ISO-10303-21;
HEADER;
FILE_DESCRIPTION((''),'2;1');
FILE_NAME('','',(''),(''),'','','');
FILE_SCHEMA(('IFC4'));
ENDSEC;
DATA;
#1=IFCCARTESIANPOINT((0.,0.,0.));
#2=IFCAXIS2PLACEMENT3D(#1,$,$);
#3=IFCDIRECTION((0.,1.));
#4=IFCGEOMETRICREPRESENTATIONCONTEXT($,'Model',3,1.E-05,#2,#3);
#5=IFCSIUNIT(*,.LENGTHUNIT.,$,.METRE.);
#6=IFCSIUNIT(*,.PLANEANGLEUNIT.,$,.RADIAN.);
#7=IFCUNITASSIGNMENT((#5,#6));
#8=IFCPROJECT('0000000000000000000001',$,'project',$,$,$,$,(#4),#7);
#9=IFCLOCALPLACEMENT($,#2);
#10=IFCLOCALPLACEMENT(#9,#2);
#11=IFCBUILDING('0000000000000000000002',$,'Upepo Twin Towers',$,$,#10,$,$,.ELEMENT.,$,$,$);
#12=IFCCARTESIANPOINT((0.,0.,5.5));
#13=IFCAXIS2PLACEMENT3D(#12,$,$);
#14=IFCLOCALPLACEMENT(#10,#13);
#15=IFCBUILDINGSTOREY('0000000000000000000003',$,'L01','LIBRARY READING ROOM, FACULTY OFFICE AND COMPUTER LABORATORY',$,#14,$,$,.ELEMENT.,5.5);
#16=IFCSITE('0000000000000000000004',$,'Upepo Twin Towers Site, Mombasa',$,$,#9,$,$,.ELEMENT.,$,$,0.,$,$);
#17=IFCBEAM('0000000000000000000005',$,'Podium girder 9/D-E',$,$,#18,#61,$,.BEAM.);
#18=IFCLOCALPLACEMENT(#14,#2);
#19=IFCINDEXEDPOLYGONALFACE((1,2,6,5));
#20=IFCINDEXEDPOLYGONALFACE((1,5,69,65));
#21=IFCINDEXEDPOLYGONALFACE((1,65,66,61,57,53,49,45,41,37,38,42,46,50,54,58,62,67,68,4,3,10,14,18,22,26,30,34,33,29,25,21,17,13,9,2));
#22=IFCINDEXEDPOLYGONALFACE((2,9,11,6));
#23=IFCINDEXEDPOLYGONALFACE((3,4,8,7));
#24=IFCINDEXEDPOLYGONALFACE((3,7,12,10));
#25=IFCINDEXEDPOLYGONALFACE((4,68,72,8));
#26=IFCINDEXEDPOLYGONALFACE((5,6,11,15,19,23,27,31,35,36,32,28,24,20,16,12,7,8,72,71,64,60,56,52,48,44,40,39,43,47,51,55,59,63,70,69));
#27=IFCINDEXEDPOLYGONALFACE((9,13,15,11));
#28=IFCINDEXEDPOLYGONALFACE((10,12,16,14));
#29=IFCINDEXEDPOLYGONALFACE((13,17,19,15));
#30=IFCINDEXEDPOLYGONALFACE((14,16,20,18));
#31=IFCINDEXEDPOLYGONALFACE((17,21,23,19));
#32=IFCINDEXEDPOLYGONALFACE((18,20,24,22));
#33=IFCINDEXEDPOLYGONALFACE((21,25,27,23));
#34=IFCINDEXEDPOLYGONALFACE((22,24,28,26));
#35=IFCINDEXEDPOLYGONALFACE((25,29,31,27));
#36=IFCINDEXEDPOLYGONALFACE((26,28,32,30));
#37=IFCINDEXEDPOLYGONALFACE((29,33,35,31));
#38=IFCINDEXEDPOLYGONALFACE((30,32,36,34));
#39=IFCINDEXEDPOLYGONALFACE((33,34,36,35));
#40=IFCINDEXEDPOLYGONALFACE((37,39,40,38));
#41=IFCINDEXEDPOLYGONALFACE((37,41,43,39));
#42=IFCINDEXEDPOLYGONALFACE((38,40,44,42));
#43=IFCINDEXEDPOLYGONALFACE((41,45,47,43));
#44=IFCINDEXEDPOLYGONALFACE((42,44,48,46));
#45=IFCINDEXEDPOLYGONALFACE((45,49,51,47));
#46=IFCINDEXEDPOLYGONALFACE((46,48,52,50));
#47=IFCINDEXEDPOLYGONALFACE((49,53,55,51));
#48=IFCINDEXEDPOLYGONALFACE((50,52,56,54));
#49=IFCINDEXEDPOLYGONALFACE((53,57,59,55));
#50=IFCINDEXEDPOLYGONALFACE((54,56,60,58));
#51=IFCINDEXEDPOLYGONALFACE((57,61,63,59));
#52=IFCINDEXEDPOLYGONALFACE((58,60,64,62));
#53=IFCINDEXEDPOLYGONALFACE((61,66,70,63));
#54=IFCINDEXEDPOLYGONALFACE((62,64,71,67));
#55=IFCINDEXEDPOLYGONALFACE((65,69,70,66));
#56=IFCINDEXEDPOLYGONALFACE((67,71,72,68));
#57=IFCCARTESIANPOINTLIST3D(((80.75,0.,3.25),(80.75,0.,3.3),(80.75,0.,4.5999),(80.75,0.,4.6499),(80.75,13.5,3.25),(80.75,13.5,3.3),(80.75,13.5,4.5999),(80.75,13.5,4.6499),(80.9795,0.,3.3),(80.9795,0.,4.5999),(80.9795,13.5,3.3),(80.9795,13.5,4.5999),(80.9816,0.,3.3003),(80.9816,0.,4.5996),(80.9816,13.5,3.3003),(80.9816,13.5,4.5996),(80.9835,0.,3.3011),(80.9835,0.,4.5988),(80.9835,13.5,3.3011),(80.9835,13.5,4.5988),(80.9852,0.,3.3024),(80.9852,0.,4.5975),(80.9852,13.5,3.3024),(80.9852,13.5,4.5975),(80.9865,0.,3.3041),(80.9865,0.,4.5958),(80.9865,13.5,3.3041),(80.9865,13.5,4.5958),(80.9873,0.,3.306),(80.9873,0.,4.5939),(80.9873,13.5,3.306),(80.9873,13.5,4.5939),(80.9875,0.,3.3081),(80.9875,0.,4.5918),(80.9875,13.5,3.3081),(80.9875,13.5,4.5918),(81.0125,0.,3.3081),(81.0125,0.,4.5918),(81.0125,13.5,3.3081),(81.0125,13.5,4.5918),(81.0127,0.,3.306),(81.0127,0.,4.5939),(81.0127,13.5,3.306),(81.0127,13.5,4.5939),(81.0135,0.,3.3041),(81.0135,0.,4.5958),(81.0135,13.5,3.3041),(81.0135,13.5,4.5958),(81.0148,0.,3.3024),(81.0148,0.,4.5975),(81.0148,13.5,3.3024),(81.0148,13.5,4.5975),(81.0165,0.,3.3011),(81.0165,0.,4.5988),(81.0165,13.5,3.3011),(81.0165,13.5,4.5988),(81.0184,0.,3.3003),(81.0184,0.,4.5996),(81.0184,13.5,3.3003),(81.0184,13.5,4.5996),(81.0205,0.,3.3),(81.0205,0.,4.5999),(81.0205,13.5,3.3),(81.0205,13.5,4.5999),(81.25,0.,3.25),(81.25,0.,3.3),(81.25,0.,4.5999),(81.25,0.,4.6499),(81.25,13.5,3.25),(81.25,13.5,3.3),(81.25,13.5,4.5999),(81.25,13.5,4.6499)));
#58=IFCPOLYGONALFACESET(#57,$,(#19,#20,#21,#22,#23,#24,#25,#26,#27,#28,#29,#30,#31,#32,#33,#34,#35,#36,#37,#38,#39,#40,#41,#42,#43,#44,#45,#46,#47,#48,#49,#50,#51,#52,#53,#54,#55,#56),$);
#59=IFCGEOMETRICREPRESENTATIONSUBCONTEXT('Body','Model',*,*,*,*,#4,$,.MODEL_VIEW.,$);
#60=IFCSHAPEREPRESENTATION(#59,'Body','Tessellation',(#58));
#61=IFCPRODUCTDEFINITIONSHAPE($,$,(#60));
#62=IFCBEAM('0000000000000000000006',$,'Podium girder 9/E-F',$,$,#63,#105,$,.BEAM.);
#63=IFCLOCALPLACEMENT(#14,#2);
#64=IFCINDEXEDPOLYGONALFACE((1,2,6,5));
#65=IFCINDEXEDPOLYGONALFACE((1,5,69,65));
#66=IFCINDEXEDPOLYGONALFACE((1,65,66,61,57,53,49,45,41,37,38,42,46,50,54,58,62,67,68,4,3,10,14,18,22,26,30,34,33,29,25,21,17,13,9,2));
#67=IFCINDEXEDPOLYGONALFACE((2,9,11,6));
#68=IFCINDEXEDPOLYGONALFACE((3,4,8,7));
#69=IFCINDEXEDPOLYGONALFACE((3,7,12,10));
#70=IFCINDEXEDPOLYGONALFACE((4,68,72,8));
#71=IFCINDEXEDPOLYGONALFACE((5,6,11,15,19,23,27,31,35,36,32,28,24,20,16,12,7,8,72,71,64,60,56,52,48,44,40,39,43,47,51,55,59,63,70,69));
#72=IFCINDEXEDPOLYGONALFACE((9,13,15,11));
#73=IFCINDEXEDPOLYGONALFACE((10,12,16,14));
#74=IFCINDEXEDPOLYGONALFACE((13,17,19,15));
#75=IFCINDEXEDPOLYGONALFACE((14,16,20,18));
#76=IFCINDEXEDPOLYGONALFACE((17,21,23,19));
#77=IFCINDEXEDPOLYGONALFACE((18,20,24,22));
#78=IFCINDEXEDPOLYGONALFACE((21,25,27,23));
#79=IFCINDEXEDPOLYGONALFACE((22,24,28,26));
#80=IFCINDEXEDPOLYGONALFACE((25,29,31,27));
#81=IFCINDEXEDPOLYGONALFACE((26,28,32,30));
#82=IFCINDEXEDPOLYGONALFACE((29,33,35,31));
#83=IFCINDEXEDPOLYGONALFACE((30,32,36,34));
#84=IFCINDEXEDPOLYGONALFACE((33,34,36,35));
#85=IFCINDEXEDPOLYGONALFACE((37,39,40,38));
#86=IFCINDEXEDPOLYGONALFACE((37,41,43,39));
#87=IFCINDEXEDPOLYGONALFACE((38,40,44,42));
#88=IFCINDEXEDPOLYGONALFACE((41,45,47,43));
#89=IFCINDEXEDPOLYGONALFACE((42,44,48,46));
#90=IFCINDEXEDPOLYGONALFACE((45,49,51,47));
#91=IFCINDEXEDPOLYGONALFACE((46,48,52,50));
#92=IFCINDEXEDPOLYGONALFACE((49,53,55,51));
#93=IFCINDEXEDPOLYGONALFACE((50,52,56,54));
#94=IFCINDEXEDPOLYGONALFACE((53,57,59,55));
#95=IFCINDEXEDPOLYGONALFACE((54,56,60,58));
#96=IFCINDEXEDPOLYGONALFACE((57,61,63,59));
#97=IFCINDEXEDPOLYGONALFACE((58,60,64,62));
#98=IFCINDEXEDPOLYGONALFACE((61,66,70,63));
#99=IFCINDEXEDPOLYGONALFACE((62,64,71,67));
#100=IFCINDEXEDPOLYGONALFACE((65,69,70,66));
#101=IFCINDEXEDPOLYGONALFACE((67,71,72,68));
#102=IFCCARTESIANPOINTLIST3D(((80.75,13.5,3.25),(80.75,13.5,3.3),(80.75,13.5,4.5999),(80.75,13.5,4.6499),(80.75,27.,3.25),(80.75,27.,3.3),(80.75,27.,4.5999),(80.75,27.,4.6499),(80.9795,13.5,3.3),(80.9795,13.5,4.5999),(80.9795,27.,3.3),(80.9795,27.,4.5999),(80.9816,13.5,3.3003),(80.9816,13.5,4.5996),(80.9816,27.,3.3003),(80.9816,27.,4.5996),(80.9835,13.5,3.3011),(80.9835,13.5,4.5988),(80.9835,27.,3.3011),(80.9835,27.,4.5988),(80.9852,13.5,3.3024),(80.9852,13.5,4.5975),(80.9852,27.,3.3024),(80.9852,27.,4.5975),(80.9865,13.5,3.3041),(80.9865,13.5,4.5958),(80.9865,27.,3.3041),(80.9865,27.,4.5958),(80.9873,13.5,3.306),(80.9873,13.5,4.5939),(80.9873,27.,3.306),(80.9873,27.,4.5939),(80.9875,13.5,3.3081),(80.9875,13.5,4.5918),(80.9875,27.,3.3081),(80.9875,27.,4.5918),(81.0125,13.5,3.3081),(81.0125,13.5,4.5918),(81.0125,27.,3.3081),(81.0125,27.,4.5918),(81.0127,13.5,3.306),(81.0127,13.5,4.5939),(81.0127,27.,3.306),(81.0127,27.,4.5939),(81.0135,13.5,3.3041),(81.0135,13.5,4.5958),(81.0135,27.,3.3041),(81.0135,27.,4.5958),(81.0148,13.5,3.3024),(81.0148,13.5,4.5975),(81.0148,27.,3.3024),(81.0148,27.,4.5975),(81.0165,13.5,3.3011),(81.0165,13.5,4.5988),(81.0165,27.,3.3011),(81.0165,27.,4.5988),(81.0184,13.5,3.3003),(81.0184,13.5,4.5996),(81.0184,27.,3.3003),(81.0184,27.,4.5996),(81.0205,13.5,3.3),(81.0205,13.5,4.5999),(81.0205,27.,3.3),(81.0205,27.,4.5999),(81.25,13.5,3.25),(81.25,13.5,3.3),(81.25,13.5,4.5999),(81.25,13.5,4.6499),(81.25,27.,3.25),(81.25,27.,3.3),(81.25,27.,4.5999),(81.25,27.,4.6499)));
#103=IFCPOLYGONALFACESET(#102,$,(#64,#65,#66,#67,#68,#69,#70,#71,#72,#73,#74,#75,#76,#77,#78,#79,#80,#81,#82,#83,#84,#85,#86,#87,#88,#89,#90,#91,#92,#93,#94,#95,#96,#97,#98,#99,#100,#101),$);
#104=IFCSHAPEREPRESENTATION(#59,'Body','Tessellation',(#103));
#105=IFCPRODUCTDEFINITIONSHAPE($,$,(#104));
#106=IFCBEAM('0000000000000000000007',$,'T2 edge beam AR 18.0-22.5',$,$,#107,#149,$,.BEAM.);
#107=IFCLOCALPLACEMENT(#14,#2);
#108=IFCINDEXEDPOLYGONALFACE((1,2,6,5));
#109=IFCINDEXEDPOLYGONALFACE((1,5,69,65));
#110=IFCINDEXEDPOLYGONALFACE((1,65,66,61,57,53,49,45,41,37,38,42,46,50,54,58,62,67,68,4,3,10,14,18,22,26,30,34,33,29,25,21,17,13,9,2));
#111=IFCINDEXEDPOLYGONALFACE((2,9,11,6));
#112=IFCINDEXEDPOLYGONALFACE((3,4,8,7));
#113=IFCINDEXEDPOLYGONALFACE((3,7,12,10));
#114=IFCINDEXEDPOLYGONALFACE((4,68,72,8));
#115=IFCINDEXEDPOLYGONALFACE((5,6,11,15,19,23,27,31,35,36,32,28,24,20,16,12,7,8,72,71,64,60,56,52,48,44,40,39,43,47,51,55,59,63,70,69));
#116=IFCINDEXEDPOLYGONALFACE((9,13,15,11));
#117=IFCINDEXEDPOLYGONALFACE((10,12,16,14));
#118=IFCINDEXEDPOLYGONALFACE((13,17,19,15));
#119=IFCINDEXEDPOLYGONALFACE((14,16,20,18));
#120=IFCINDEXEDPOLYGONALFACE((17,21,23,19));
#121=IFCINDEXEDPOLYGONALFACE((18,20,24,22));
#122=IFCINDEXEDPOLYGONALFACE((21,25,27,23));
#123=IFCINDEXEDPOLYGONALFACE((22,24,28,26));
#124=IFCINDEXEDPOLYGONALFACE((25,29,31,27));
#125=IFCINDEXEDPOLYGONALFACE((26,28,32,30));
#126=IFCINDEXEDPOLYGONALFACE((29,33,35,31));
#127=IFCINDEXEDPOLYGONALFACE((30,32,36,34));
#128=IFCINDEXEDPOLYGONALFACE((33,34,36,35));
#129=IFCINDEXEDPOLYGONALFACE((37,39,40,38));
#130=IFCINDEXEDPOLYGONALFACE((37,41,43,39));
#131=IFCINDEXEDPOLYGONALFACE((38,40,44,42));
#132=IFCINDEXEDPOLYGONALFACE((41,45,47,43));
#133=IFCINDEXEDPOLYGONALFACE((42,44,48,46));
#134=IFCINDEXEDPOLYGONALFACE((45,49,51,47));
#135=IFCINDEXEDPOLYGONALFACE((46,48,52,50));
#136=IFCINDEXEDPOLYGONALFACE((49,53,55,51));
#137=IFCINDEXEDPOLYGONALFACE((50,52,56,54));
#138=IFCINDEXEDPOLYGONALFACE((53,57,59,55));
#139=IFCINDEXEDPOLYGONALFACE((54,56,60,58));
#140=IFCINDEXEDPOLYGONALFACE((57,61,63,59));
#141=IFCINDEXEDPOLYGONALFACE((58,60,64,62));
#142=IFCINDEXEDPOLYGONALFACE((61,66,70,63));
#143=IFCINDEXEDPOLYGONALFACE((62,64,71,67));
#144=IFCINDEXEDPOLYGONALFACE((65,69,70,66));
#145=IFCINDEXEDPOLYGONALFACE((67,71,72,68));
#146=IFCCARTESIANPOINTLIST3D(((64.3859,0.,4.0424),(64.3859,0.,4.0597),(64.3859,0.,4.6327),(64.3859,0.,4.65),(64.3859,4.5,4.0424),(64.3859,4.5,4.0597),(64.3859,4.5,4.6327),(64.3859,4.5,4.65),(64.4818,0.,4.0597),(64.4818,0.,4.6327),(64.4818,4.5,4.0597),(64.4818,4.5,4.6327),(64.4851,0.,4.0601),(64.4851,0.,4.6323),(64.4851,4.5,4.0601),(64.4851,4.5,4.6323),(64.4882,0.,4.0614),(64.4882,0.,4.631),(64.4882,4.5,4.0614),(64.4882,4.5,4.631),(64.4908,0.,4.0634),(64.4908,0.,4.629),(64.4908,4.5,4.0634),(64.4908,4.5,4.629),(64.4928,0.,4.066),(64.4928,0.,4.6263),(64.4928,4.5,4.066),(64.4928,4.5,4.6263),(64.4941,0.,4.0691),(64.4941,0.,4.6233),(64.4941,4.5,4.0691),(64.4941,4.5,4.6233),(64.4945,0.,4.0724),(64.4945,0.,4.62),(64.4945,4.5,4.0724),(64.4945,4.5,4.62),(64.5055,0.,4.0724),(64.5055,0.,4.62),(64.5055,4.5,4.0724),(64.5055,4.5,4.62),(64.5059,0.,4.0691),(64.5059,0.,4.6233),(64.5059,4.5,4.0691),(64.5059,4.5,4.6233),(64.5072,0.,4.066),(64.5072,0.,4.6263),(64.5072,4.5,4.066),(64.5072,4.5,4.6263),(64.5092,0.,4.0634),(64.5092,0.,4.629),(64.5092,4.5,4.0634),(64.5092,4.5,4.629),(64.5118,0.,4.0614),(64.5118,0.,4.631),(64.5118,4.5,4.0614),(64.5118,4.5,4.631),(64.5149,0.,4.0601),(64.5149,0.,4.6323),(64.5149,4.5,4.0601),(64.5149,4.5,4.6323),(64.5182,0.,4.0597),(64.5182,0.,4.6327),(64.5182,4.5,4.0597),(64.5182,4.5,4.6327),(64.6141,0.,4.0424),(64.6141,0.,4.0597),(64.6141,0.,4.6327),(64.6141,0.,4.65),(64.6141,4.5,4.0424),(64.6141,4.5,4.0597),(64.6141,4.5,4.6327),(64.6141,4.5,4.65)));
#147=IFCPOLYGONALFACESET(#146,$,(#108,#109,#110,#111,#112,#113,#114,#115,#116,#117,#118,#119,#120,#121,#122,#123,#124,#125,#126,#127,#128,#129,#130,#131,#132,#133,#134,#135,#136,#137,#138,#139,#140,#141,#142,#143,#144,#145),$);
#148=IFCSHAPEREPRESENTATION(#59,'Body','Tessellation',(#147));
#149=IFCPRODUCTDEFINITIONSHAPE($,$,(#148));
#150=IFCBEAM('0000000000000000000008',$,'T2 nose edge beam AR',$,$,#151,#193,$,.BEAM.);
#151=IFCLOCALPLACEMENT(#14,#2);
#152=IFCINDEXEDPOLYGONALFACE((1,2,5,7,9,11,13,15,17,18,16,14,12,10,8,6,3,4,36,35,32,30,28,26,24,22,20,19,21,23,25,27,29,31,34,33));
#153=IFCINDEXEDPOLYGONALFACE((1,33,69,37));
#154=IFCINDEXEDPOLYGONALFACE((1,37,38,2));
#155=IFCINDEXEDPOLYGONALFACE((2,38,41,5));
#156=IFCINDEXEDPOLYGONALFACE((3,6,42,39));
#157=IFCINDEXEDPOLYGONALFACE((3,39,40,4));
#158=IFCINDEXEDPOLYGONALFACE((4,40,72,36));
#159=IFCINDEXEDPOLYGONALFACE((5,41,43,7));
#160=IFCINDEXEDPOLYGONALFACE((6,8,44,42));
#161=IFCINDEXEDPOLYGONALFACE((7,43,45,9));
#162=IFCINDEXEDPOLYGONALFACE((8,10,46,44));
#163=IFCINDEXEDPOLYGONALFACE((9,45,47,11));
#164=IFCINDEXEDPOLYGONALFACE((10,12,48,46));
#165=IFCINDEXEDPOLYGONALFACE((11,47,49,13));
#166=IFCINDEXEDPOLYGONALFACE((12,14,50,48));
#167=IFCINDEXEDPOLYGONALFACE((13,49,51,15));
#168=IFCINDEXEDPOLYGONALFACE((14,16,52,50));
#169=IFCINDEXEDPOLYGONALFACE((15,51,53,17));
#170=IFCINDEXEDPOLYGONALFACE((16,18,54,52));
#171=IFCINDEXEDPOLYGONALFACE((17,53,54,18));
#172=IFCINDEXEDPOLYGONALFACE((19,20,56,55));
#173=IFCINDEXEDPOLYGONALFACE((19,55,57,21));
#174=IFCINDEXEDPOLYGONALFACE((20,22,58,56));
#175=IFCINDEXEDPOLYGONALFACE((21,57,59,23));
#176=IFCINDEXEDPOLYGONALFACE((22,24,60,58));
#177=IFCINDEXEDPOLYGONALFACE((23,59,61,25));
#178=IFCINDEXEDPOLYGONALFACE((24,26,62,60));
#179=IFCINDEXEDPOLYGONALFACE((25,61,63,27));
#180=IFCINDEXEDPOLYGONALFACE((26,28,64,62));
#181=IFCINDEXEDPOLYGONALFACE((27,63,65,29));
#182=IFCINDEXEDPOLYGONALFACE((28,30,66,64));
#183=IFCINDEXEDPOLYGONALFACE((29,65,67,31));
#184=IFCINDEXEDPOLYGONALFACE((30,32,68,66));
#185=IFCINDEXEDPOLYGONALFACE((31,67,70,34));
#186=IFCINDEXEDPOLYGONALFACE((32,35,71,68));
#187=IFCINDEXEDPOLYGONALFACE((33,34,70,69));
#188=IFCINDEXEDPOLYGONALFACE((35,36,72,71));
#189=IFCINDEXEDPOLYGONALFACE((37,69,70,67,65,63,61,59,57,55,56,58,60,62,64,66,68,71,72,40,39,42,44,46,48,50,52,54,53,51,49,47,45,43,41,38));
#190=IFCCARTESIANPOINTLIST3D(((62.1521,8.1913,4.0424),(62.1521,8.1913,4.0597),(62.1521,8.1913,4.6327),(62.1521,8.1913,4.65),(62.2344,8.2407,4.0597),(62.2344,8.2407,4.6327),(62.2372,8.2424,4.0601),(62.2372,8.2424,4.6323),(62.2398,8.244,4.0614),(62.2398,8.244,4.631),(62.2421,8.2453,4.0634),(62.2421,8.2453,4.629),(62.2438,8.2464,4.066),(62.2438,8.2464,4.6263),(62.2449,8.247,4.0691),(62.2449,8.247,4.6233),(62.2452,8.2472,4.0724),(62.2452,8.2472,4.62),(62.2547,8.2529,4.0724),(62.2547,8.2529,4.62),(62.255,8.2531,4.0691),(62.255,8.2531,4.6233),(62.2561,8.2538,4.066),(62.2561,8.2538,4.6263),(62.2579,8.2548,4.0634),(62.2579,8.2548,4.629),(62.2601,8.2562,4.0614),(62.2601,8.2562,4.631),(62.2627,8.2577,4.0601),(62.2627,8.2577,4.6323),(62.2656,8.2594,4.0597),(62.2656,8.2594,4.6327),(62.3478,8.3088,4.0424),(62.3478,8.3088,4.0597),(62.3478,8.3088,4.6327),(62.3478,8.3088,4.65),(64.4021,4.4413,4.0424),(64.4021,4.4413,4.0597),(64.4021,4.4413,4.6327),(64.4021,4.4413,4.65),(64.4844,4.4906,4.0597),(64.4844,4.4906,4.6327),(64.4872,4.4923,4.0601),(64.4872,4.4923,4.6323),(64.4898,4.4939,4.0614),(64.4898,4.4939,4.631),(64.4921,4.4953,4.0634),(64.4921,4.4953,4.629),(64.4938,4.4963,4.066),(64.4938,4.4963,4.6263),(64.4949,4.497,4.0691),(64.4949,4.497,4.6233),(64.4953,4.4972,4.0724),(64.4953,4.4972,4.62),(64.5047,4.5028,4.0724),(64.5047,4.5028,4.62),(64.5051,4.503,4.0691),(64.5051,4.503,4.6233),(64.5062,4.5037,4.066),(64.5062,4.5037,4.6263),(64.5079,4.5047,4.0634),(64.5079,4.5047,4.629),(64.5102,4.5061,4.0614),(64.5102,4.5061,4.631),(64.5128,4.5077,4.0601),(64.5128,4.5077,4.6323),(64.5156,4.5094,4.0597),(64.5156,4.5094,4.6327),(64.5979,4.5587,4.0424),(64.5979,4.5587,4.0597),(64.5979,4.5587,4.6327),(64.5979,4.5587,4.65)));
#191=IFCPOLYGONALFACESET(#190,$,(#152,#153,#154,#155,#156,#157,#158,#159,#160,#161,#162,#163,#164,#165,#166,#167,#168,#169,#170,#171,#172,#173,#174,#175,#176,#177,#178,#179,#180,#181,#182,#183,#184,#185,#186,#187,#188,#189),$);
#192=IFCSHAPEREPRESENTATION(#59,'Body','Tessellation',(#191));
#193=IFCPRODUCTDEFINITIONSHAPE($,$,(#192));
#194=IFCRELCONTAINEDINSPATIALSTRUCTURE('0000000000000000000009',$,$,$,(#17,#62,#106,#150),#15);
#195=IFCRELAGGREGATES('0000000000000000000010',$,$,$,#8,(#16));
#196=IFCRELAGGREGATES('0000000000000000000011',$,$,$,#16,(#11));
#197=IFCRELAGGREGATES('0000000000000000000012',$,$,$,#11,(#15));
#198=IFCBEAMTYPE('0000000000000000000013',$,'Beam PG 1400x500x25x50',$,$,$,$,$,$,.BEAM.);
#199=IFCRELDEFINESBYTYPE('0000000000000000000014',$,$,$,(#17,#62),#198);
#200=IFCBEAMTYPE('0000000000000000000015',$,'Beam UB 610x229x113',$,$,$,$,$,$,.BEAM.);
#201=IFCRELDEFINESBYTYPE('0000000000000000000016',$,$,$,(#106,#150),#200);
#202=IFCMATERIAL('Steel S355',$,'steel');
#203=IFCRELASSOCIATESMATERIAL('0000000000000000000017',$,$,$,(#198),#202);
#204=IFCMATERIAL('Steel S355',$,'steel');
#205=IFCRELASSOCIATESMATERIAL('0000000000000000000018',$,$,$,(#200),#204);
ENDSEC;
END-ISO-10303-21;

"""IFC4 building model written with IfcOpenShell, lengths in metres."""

from ifc_helpers import new_model, si_unit, direction, frame, origin, origin_2d, place, context, subcontext, project, spatial, i_section, extrude, material, material_profile, profile_set, type_object, element, save


model = new_model("IFC4")

# Units and contexts
model_context = context("Model", 3, precision=1e-05, world=origin(), true_north=direction((0.0, 1.0)))
body_context = subcontext(model_context, "Body", "Model", "MODEL_VIEW")
ifc_project = project(units=[si_unit("LENGTHUNIT", "METRE"), si_unit("PLANEANGLEUNIT", "RADIAN")], contexts=[model_context])

# Site, building, storey
site_placement = place(None, origin())
site = spatial("IfcSite", under=ifc_project, at=site_placement, Name="Upepo Twin Towers Site, Mombasa", CompositionType="ELEMENT", RefElevation=0.0)
building_placement = place(site_placement, origin())
building = spatial("IfcBuilding", under=site, at=building_placement, Name="Upepo Twin Towers", CompositionType="ELEMENT")
storey_placement = place(building_placement, frame((0.0, 0.0, 5.5)))
storey = spatial("IfcBuildingStorey", under=building, at=storey_placement, Name="L01", Description="LIBRARY READING ROOM, FACULTY OFFICE AND COMPUTER LABORATORY", CompositionType="ELEMENT", Elevation=5.5)

# Beams
ifc_material_1 = material(Name="Steel S355", Category="steel")
ifc_material_profile_1 = material_profile(ifc_material_1, i_section(OverallWidth=0.5, OverallDepth=1.3999, WebThickness=0.0249, FlangeThickness=0.05, FilletRadius=0.0081, at=origin_2d()), Name="PG 1400x500x25x50")
ifc_profile_set_1 = profile_set([ifc_material_profile_1], Name="Steel S355")
beam_type_1 = type_object("IfcBeamType", Name="Beam PG 1400x500x25x50", PredefinedType="BEAM", material=ifc_profile_set_1)
for number, where, z_axis, x_axis, name in (
    (1, (81.0, 0.0, 3.95), (0.0, 1.0, 0.0), (-1.0, 0.0, 0.0), "Podium girder 9/D-E"),
    (2, (81.0, 13.5, 3.95), (0.0, 1.0, 0.0), (-1.0, 0.0, 0.0), "Podium girder 9/E-F"),
):
    element("IfcBeam", number, at=place(storey_placement, frame(where, z_axis=z_axis, x_axis=x_axis)), inside=storey, type_object=beam_type_1, Name=name, PredefinedType="BEAM", context=body_context, shape_type="SweptSolid", body=[
        extrude(i_section(OverallWidth=0.5, OverallDepth=1.3999, WebThickness=0.0249, FlangeThickness=0.05, FilletRadius=0.0081, at=origin_2d()), origin(), (0.0, 0.0, 1.0), 13.5),
    ])
ifc_material_2 = material(Name="Steel S355", Category="steel")
ifc_material_profile_2 = material_profile(ifc_material_2, i_section(OverallWidth=0.2283, OverallDepth=0.6077, WebThickness=0.011, FlangeThickness=0.0173, FilletRadius=0.0127, at=origin_2d()), Name="UB 610x229x113")
ifc_profile_set_2 = profile_set([ifc_material_profile_2], Name="Steel S355")
beam_type_2 = type_object("IfcBeamType", Name="Beam UB 610x229x113", PredefinedType="BEAM", material=ifc_profile_set_2)
beam_1_placement = place(storey_placement, frame((64.5, 0.0, 4.3462), z_axis=(0.0, 1.0, 0.0), x_axis=(-1.0, 0.0, 0.0)))
element("IfcBeam", 3, at=beam_1_placement, inside=storey, type_object=beam_type_2, Name="T2 edge beam AR 18.0-22.5", PredefinedType="BEAM", context=body_context, shape_type="SweptSolid", body=[
    extrude(i_section(OverallWidth=0.2283, OverallDepth=0.6077, WebThickness=0.011, FlangeThickness=0.0173, FilletRadius=0.0127, at=origin_2d()), origin(), (0.0, 0.0, 1.0), 4.5),
])
beam_2_placement = place(storey_placement, frame((64.5, 4.5, 4.3462), z_axis=(-0.514496, 0.857493, 0.0), x_axis=(-0.857493, -0.514496, 0.0)))
element("IfcBeam", 4, at=beam_2_placement, inside=storey, type_object=beam_type_2, Name="T2 nose edge beam AR", PredefinedType="BEAM", context=body_context, shape_type="SweptSolid", body=[
    extrude(i_section(OverallWidth=0.2283, OverallDepth=0.6077, WebThickness=0.011, FlangeThickness=0.0173, FilletRadius=0.0127, at=origin_2d()), origin(), (0.0, 0.0, 1.0), 4.3733),
])

save(model, "model.ifc")
